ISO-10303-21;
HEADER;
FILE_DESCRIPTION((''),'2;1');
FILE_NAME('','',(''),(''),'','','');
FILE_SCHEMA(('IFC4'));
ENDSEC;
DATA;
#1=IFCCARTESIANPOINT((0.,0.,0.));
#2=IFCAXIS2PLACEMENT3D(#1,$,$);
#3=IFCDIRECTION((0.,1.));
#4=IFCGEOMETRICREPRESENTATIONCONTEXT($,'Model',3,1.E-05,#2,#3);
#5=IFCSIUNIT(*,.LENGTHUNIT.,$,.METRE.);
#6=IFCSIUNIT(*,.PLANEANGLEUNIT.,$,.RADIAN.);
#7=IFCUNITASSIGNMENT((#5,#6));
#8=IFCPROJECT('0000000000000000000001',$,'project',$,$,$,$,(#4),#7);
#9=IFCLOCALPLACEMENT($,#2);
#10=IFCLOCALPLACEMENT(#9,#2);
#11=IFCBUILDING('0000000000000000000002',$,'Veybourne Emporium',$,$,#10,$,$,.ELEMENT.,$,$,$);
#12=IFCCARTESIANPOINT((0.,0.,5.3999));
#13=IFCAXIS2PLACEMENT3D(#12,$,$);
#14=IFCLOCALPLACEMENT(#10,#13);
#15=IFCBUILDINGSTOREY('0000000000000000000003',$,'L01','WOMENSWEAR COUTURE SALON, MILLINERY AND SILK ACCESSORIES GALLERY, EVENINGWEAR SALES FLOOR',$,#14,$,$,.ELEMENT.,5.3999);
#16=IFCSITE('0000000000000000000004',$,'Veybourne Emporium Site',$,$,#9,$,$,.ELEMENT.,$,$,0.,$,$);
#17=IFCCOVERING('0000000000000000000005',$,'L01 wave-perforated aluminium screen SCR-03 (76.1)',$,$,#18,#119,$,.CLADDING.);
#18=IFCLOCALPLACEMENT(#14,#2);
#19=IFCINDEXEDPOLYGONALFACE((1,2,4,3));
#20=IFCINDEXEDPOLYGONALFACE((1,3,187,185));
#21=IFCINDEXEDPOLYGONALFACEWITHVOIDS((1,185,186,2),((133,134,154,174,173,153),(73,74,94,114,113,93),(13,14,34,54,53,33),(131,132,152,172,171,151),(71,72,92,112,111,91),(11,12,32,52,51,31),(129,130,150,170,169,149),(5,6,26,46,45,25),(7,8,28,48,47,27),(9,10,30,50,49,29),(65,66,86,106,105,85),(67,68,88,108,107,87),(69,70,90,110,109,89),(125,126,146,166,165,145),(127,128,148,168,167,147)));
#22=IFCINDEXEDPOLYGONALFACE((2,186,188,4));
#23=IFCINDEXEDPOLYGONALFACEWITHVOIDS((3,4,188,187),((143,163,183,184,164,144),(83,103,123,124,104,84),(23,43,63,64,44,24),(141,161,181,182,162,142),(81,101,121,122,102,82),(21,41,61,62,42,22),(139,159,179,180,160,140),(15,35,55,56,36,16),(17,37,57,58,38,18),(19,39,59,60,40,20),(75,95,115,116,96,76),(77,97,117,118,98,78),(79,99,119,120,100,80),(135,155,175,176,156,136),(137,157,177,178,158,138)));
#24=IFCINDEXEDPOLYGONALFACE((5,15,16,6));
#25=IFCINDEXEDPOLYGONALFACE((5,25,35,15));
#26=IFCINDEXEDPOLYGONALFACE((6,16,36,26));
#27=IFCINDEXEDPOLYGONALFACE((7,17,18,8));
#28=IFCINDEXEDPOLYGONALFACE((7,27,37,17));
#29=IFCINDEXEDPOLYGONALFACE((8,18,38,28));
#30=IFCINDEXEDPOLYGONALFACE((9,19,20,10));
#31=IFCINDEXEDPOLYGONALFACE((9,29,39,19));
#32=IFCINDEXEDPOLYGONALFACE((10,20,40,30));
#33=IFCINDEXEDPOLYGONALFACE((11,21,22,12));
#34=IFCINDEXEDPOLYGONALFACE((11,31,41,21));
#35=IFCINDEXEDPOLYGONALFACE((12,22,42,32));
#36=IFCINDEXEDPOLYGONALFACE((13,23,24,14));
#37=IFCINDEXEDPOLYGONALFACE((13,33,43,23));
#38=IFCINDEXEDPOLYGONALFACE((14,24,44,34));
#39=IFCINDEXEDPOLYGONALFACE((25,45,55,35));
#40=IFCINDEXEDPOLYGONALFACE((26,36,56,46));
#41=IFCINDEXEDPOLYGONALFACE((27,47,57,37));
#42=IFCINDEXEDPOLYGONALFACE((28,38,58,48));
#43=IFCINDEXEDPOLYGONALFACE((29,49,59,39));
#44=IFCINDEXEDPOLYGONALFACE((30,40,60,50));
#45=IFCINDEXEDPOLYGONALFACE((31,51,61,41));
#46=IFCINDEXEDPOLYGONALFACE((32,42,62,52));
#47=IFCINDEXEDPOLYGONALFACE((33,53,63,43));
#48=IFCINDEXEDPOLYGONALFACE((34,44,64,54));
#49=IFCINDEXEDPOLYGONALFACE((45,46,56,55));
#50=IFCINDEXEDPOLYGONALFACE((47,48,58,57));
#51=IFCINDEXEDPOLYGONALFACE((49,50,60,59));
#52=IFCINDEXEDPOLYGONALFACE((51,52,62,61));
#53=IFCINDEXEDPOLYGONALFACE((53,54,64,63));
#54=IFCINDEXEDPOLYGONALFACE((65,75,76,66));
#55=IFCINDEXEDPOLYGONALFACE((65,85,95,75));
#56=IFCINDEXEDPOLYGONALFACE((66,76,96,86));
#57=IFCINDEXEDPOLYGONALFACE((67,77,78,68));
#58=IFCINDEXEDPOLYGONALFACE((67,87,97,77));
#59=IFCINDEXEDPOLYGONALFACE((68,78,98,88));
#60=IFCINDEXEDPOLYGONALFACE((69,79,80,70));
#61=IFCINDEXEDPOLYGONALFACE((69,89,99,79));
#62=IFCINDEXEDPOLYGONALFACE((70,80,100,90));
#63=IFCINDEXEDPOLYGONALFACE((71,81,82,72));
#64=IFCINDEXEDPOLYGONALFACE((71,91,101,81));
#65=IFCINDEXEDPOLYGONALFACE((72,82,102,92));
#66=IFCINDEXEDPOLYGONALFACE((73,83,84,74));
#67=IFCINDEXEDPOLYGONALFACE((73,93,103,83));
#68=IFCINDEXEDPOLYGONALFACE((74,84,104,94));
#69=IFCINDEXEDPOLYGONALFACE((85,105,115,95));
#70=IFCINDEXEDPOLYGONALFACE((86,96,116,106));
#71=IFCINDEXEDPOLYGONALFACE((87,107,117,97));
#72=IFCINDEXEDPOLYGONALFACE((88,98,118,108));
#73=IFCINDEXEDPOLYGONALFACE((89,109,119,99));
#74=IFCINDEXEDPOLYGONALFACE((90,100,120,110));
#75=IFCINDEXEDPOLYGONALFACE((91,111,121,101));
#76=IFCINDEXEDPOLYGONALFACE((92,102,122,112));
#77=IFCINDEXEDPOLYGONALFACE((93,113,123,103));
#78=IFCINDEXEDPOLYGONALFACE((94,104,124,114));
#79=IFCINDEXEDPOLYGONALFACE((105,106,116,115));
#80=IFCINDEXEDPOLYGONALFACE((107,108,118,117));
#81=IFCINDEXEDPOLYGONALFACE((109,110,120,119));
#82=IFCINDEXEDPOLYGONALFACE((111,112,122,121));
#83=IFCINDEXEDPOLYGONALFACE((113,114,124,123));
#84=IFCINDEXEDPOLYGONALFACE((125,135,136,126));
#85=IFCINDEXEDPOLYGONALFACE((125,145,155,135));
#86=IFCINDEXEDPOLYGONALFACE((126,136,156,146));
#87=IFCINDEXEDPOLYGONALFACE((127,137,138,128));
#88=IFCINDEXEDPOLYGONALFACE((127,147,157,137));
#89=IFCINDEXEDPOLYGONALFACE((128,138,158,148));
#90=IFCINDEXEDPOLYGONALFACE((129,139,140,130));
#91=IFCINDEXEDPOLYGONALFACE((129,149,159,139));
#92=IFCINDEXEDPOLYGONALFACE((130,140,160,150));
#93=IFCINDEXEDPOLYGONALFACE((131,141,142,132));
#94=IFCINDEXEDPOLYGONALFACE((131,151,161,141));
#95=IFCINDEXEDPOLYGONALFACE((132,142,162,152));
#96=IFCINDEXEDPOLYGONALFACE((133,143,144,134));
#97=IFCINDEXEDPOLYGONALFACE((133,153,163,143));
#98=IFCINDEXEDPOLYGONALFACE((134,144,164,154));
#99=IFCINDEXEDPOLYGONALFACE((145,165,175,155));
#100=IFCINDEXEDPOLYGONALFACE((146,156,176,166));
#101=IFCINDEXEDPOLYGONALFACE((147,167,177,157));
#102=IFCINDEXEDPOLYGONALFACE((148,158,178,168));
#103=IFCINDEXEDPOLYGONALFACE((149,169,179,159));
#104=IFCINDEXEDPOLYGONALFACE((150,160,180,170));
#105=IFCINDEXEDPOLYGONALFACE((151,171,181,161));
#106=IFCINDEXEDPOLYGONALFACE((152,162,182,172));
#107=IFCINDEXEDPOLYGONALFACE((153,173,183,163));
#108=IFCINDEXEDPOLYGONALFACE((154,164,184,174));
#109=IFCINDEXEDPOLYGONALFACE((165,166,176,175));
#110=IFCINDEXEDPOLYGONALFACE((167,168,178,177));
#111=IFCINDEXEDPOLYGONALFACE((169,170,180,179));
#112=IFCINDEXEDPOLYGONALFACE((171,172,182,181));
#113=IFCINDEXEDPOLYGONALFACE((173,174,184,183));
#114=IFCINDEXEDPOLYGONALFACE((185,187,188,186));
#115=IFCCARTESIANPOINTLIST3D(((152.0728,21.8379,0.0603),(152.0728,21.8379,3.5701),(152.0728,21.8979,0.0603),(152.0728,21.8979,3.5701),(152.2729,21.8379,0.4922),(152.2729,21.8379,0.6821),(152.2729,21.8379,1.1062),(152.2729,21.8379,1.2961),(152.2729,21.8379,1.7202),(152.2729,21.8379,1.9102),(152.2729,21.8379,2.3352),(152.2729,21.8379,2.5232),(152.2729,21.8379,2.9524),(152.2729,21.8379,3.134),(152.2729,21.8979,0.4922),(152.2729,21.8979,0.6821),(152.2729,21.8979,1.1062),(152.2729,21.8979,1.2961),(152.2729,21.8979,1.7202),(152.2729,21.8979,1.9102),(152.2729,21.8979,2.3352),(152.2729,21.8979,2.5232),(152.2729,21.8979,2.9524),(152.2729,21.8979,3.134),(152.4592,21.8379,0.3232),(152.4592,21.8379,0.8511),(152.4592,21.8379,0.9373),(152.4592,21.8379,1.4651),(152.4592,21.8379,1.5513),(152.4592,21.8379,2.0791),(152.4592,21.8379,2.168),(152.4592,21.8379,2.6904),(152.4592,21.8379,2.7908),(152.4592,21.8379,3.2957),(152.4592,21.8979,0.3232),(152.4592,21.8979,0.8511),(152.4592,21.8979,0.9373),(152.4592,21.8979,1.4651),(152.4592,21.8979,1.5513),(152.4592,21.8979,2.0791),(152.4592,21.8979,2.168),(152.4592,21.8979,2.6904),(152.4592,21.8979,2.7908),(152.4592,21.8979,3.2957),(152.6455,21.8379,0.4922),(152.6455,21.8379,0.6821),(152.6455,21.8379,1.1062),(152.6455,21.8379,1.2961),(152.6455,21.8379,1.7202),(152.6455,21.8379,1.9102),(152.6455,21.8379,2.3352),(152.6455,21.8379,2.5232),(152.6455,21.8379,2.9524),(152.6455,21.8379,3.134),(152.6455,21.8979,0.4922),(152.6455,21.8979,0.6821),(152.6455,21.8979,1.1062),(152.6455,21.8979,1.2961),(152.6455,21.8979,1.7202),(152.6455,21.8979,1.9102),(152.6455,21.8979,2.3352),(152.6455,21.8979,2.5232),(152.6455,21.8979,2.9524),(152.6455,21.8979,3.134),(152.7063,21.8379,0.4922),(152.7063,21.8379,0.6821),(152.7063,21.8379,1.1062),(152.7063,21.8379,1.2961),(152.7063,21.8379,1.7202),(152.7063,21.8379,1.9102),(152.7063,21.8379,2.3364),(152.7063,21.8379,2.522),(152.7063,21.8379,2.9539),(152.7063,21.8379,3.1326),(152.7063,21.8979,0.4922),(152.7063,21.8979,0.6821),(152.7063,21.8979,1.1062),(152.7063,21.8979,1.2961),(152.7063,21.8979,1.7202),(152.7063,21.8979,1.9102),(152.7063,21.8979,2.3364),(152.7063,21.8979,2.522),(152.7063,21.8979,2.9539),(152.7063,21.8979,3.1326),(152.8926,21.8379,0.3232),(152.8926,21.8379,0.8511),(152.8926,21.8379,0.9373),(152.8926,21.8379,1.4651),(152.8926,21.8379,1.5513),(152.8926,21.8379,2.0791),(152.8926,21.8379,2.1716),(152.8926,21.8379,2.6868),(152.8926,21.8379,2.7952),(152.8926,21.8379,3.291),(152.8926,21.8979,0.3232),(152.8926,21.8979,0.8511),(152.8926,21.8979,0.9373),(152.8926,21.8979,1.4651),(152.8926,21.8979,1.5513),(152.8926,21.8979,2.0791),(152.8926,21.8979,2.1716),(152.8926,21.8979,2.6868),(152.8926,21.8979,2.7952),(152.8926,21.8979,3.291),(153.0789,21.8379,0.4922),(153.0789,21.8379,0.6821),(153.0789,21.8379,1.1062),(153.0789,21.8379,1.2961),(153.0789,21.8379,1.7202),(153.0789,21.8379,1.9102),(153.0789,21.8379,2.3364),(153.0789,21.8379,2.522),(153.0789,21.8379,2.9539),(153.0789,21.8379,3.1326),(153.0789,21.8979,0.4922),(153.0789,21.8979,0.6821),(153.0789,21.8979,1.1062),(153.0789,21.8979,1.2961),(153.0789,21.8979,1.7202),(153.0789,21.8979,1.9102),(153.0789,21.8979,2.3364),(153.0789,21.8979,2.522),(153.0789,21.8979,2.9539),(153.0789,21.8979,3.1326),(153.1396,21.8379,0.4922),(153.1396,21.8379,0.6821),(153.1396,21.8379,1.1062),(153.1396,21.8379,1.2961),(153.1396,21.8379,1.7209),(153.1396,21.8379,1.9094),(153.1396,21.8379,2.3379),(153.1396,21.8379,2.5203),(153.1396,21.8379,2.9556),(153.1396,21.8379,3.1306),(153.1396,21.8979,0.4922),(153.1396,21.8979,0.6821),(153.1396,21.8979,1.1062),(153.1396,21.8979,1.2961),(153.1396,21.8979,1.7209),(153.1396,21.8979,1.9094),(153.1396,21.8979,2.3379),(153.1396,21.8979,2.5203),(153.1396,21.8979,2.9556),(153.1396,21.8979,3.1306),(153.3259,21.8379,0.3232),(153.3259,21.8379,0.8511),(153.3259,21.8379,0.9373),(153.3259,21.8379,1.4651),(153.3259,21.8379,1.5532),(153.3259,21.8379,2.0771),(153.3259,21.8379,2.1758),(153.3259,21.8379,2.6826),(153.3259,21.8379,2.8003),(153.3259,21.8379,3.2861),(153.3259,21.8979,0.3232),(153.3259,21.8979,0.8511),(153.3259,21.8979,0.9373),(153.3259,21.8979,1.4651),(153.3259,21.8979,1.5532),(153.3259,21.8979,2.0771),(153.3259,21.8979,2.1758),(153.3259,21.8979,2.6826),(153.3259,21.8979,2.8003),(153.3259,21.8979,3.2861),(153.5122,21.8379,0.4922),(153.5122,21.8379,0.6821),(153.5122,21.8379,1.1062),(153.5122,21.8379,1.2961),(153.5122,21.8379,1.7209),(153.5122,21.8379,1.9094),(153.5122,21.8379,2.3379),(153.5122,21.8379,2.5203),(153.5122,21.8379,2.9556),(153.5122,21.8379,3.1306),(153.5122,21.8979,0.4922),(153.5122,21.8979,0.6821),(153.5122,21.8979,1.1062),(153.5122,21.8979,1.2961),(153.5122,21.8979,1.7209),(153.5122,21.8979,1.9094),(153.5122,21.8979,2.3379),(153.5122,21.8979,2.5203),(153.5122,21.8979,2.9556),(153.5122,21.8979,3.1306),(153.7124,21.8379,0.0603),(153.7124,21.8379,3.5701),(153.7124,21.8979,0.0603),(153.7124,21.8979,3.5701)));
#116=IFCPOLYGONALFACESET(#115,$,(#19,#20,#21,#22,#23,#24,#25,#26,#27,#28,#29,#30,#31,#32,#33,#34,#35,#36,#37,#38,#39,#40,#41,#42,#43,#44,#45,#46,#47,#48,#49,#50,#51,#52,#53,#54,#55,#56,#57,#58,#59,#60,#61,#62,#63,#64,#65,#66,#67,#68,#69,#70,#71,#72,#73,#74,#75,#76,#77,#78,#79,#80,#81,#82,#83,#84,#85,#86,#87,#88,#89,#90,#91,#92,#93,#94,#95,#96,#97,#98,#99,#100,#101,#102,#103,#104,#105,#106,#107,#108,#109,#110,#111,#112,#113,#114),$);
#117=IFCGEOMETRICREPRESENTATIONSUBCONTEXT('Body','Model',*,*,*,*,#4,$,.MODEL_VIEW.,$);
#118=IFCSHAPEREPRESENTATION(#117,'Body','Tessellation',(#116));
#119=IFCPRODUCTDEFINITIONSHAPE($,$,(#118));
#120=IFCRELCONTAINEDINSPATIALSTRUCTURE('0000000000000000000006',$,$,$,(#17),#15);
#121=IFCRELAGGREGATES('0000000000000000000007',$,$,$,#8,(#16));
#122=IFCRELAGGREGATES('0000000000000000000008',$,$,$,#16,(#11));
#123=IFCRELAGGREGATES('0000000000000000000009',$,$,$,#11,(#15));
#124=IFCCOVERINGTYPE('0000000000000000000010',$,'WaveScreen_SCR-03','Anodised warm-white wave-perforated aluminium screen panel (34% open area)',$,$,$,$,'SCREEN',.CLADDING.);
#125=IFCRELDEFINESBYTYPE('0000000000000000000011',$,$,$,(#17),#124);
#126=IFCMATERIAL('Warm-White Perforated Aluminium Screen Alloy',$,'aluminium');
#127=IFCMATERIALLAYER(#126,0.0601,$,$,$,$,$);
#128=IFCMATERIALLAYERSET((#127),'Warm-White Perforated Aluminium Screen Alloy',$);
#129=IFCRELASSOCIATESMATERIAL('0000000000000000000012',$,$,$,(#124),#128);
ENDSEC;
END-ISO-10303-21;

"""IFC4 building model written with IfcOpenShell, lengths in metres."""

from ifc_helpers import new_model, si_unit, direction, frame, origin, place, context, subcontext, project, spatial, polyline, outline, extrude, material, layer, layer_set, type_object, element, save


model = new_model("IFC4")

# Units and contexts
model_context = context("Model", 3, precision=1e-05, world=origin(), true_north=direction((0.0, 1.0)))
body_context = subcontext(model_context, "Body", "Model", "MODEL_VIEW")
ifc_project = project(units=[si_unit("LENGTHUNIT", "METRE"), si_unit("PLANEANGLEUNIT", "RADIAN")], contexts=[model_context])

# Site, building, storey
site_placement = place(None, origin())
site = spatial("IfcSite", under=ifc_project, at=site_placement, Name="Veybourne Emporium Site", CompositionType="ELEMENT", RefElevation=0.0)
building_placement = place(site_placement, origin())
building = spatial("IfcBuilding", under=site, at=building_placement, Name="Veybourne Emporium", CompositionType="ELEMENT")
storey_placement = place(building_placement, frame((0.0, 0.0, 5.3999)))
storey = spatial("IfcBuildingStorey", under=building, at=storey_placement, Name="L01", Description="WOMENSWEAR COUTURE SALON, MILLINERY AND SILK ACCESSORIES GALLERY, EVENINGWEAR SALES FLOOR", CompositionType="ELEMENT", Elevation=5.3999)

# Covering
ifc_material_1 = material(Name="Warm-White Perforated Aluminium Screen Alloy", Category="aluminium")
ifc_layer_1 = layer(ifc_material_1, 0.0601)
ifc_layer_set_1 = layer_set([ifc_layer_1], Name="Warm-White Perforated Aluminium Screen Alloy")
covering_type_1 = type_object("IfcCoveringType", Name="WaveScreen_SCR-03", Description="Anodised warm-white wave-perforated aluminium screen panel (34% open area)", ElementType="SCREEN", PredefinedType="CLADDING", material=ifc_layer_set_1)
covering_1_placement = place(storey_placement, frame((152.8926, 21.8979, 1.8152), z_axis=(0.0, -1.0, 0.0), x_axis=(1.0, 0.0, 0.0)))
element("IfcCovering", 1, at=covering_1_placement, inside=storey, type_object=covering_type_1, Name="L01 wave-perforated aluminium screen SCR-03 (76.1)", PredefinedType="CLADDING", context=body_context, shape_type="SweptSolid", body=[
    extrude(outline(polyline([(-0.8198, -1.7549), (0.8198, -1.7549), (0.8198, 1.7549), (-0.8198, 1.7549), (-0.8198, -1.7549)]), holes=[polyline([(-0.4333, -0.9641), (-0.2471, -1.1331), (-0.2471, -1.323), (-0.4333, -1.4919), (-0.6196, -1.323), (-0.6196, -1.1331), (-0.4333, -0.9641)]), polyline([(-0.4333, -0.3501), (-0.2471, -0.519), (-0.2471, -0.709), (-0.4333, -0.8779), (-0.6196, -0.709), (-0.6196, -0.519), (-0.4333, -0.3501)]), polyline([(-0.4333, 0.2639), (-0.2471, 0.095), (-0.2471, -0.095), (-0.4333, -0.2639), (-0.6196, -0.095), (-0.6196, 0.095), (-0.4333, 0.2639)]), polyline([(-0.4333, 0.8752), (-0.2471, 0.708), (-0.2471, 0.52), (-0.4333, 0.3528), (-0.6196, 0.52), (-0.6196, 0.708), (-0.4333, 0.8752)]), polyline([(-0.4333, 1.4805), (-0.2471, 1.3188), (-0.2471, 1.1372), (-0.4333, 0.9756), (-0.6196, 1.1372), (-0.6196, 1.3188), (-0.4333, 1.4805)]), polyline([(0.0, -0.9641), (0.1863, -1.1331), (0.1863, -1.323), (0.0, -1.4919), (-0.1863, -1.323), (-0.1863, -1.1331), (0.0, -0.9641)]), polyline([(0.0, -0.3501), (0.1863, -0.519), (0.1863, -0.709), (0.0, -0.8779), (-0.1863, -0.709), (-0.1863, -0.519), (0.0, -0.3501)]), polyline([(0.0, 0.2639), (0.1863, 0.095), (0.1863, -0.095), (0.0, -0.2639), (-0.1863, -0.095), (-0.1863, 0.095), (0.0, 0.2639)]), polyline([(0.0, 0.8716), (0.1863, 0.7068), (0.1863, 0.5212), (0.0, 0.3564), (-0.1863, 0.5212), (-0.1863, 0.7068), (0.0, 0.8716)]), polyline([(0.0, 1.4758), (0.1863, 1.3174), (0.1863, 1.1387), (0.0, 0.98), (-0.1863, 1.1387), (-0.1863, 1.3174), (0.0, 1.4758)]), polyline([(0.4333, -0.9641), (0.6196, -1.1331), (0.6196, -1.323), (0.4333, -1.4919), (0.2471, -1.323), (0.2471, -1.1331), (0.4333, -0.9641)]), polyline([(0.4333, -0.3501), (0.6196, -0.519), (0.6196, -0.709), (0.4333, -0.8779), (0.2471, -0.709), (0.2471, -0.519), (0.4333, -0.3501)]), polyline([(0.4333, 0.262), (0.6196, 0.0942), (0.6196, -0.0942), (0.4333, -0.262), (0.2471, -0.0942), (0.2471, 0.0942), (0.4333, 0.262)]), polyline([(0.4333, 0.8674), (0.6196, 0.7051), (0.6196, 0.5227), (0.4333, 0.3606), (0.2471, 0.5227), (0.2471, 0.7051), (0.4333, 0.8674)]), polyline([(0.4333, 1.4709), (0.6196, 1.3154), (0.6196, 1.1404), (0.4333, 0.9851), (0.2471, 1.1404), (0.2471, 1.3154), (0.4333, 1.4709)])]), origin(), (0.0, 0.0, 1.0), 0.0601),
])

save(model, "model.ifc")
